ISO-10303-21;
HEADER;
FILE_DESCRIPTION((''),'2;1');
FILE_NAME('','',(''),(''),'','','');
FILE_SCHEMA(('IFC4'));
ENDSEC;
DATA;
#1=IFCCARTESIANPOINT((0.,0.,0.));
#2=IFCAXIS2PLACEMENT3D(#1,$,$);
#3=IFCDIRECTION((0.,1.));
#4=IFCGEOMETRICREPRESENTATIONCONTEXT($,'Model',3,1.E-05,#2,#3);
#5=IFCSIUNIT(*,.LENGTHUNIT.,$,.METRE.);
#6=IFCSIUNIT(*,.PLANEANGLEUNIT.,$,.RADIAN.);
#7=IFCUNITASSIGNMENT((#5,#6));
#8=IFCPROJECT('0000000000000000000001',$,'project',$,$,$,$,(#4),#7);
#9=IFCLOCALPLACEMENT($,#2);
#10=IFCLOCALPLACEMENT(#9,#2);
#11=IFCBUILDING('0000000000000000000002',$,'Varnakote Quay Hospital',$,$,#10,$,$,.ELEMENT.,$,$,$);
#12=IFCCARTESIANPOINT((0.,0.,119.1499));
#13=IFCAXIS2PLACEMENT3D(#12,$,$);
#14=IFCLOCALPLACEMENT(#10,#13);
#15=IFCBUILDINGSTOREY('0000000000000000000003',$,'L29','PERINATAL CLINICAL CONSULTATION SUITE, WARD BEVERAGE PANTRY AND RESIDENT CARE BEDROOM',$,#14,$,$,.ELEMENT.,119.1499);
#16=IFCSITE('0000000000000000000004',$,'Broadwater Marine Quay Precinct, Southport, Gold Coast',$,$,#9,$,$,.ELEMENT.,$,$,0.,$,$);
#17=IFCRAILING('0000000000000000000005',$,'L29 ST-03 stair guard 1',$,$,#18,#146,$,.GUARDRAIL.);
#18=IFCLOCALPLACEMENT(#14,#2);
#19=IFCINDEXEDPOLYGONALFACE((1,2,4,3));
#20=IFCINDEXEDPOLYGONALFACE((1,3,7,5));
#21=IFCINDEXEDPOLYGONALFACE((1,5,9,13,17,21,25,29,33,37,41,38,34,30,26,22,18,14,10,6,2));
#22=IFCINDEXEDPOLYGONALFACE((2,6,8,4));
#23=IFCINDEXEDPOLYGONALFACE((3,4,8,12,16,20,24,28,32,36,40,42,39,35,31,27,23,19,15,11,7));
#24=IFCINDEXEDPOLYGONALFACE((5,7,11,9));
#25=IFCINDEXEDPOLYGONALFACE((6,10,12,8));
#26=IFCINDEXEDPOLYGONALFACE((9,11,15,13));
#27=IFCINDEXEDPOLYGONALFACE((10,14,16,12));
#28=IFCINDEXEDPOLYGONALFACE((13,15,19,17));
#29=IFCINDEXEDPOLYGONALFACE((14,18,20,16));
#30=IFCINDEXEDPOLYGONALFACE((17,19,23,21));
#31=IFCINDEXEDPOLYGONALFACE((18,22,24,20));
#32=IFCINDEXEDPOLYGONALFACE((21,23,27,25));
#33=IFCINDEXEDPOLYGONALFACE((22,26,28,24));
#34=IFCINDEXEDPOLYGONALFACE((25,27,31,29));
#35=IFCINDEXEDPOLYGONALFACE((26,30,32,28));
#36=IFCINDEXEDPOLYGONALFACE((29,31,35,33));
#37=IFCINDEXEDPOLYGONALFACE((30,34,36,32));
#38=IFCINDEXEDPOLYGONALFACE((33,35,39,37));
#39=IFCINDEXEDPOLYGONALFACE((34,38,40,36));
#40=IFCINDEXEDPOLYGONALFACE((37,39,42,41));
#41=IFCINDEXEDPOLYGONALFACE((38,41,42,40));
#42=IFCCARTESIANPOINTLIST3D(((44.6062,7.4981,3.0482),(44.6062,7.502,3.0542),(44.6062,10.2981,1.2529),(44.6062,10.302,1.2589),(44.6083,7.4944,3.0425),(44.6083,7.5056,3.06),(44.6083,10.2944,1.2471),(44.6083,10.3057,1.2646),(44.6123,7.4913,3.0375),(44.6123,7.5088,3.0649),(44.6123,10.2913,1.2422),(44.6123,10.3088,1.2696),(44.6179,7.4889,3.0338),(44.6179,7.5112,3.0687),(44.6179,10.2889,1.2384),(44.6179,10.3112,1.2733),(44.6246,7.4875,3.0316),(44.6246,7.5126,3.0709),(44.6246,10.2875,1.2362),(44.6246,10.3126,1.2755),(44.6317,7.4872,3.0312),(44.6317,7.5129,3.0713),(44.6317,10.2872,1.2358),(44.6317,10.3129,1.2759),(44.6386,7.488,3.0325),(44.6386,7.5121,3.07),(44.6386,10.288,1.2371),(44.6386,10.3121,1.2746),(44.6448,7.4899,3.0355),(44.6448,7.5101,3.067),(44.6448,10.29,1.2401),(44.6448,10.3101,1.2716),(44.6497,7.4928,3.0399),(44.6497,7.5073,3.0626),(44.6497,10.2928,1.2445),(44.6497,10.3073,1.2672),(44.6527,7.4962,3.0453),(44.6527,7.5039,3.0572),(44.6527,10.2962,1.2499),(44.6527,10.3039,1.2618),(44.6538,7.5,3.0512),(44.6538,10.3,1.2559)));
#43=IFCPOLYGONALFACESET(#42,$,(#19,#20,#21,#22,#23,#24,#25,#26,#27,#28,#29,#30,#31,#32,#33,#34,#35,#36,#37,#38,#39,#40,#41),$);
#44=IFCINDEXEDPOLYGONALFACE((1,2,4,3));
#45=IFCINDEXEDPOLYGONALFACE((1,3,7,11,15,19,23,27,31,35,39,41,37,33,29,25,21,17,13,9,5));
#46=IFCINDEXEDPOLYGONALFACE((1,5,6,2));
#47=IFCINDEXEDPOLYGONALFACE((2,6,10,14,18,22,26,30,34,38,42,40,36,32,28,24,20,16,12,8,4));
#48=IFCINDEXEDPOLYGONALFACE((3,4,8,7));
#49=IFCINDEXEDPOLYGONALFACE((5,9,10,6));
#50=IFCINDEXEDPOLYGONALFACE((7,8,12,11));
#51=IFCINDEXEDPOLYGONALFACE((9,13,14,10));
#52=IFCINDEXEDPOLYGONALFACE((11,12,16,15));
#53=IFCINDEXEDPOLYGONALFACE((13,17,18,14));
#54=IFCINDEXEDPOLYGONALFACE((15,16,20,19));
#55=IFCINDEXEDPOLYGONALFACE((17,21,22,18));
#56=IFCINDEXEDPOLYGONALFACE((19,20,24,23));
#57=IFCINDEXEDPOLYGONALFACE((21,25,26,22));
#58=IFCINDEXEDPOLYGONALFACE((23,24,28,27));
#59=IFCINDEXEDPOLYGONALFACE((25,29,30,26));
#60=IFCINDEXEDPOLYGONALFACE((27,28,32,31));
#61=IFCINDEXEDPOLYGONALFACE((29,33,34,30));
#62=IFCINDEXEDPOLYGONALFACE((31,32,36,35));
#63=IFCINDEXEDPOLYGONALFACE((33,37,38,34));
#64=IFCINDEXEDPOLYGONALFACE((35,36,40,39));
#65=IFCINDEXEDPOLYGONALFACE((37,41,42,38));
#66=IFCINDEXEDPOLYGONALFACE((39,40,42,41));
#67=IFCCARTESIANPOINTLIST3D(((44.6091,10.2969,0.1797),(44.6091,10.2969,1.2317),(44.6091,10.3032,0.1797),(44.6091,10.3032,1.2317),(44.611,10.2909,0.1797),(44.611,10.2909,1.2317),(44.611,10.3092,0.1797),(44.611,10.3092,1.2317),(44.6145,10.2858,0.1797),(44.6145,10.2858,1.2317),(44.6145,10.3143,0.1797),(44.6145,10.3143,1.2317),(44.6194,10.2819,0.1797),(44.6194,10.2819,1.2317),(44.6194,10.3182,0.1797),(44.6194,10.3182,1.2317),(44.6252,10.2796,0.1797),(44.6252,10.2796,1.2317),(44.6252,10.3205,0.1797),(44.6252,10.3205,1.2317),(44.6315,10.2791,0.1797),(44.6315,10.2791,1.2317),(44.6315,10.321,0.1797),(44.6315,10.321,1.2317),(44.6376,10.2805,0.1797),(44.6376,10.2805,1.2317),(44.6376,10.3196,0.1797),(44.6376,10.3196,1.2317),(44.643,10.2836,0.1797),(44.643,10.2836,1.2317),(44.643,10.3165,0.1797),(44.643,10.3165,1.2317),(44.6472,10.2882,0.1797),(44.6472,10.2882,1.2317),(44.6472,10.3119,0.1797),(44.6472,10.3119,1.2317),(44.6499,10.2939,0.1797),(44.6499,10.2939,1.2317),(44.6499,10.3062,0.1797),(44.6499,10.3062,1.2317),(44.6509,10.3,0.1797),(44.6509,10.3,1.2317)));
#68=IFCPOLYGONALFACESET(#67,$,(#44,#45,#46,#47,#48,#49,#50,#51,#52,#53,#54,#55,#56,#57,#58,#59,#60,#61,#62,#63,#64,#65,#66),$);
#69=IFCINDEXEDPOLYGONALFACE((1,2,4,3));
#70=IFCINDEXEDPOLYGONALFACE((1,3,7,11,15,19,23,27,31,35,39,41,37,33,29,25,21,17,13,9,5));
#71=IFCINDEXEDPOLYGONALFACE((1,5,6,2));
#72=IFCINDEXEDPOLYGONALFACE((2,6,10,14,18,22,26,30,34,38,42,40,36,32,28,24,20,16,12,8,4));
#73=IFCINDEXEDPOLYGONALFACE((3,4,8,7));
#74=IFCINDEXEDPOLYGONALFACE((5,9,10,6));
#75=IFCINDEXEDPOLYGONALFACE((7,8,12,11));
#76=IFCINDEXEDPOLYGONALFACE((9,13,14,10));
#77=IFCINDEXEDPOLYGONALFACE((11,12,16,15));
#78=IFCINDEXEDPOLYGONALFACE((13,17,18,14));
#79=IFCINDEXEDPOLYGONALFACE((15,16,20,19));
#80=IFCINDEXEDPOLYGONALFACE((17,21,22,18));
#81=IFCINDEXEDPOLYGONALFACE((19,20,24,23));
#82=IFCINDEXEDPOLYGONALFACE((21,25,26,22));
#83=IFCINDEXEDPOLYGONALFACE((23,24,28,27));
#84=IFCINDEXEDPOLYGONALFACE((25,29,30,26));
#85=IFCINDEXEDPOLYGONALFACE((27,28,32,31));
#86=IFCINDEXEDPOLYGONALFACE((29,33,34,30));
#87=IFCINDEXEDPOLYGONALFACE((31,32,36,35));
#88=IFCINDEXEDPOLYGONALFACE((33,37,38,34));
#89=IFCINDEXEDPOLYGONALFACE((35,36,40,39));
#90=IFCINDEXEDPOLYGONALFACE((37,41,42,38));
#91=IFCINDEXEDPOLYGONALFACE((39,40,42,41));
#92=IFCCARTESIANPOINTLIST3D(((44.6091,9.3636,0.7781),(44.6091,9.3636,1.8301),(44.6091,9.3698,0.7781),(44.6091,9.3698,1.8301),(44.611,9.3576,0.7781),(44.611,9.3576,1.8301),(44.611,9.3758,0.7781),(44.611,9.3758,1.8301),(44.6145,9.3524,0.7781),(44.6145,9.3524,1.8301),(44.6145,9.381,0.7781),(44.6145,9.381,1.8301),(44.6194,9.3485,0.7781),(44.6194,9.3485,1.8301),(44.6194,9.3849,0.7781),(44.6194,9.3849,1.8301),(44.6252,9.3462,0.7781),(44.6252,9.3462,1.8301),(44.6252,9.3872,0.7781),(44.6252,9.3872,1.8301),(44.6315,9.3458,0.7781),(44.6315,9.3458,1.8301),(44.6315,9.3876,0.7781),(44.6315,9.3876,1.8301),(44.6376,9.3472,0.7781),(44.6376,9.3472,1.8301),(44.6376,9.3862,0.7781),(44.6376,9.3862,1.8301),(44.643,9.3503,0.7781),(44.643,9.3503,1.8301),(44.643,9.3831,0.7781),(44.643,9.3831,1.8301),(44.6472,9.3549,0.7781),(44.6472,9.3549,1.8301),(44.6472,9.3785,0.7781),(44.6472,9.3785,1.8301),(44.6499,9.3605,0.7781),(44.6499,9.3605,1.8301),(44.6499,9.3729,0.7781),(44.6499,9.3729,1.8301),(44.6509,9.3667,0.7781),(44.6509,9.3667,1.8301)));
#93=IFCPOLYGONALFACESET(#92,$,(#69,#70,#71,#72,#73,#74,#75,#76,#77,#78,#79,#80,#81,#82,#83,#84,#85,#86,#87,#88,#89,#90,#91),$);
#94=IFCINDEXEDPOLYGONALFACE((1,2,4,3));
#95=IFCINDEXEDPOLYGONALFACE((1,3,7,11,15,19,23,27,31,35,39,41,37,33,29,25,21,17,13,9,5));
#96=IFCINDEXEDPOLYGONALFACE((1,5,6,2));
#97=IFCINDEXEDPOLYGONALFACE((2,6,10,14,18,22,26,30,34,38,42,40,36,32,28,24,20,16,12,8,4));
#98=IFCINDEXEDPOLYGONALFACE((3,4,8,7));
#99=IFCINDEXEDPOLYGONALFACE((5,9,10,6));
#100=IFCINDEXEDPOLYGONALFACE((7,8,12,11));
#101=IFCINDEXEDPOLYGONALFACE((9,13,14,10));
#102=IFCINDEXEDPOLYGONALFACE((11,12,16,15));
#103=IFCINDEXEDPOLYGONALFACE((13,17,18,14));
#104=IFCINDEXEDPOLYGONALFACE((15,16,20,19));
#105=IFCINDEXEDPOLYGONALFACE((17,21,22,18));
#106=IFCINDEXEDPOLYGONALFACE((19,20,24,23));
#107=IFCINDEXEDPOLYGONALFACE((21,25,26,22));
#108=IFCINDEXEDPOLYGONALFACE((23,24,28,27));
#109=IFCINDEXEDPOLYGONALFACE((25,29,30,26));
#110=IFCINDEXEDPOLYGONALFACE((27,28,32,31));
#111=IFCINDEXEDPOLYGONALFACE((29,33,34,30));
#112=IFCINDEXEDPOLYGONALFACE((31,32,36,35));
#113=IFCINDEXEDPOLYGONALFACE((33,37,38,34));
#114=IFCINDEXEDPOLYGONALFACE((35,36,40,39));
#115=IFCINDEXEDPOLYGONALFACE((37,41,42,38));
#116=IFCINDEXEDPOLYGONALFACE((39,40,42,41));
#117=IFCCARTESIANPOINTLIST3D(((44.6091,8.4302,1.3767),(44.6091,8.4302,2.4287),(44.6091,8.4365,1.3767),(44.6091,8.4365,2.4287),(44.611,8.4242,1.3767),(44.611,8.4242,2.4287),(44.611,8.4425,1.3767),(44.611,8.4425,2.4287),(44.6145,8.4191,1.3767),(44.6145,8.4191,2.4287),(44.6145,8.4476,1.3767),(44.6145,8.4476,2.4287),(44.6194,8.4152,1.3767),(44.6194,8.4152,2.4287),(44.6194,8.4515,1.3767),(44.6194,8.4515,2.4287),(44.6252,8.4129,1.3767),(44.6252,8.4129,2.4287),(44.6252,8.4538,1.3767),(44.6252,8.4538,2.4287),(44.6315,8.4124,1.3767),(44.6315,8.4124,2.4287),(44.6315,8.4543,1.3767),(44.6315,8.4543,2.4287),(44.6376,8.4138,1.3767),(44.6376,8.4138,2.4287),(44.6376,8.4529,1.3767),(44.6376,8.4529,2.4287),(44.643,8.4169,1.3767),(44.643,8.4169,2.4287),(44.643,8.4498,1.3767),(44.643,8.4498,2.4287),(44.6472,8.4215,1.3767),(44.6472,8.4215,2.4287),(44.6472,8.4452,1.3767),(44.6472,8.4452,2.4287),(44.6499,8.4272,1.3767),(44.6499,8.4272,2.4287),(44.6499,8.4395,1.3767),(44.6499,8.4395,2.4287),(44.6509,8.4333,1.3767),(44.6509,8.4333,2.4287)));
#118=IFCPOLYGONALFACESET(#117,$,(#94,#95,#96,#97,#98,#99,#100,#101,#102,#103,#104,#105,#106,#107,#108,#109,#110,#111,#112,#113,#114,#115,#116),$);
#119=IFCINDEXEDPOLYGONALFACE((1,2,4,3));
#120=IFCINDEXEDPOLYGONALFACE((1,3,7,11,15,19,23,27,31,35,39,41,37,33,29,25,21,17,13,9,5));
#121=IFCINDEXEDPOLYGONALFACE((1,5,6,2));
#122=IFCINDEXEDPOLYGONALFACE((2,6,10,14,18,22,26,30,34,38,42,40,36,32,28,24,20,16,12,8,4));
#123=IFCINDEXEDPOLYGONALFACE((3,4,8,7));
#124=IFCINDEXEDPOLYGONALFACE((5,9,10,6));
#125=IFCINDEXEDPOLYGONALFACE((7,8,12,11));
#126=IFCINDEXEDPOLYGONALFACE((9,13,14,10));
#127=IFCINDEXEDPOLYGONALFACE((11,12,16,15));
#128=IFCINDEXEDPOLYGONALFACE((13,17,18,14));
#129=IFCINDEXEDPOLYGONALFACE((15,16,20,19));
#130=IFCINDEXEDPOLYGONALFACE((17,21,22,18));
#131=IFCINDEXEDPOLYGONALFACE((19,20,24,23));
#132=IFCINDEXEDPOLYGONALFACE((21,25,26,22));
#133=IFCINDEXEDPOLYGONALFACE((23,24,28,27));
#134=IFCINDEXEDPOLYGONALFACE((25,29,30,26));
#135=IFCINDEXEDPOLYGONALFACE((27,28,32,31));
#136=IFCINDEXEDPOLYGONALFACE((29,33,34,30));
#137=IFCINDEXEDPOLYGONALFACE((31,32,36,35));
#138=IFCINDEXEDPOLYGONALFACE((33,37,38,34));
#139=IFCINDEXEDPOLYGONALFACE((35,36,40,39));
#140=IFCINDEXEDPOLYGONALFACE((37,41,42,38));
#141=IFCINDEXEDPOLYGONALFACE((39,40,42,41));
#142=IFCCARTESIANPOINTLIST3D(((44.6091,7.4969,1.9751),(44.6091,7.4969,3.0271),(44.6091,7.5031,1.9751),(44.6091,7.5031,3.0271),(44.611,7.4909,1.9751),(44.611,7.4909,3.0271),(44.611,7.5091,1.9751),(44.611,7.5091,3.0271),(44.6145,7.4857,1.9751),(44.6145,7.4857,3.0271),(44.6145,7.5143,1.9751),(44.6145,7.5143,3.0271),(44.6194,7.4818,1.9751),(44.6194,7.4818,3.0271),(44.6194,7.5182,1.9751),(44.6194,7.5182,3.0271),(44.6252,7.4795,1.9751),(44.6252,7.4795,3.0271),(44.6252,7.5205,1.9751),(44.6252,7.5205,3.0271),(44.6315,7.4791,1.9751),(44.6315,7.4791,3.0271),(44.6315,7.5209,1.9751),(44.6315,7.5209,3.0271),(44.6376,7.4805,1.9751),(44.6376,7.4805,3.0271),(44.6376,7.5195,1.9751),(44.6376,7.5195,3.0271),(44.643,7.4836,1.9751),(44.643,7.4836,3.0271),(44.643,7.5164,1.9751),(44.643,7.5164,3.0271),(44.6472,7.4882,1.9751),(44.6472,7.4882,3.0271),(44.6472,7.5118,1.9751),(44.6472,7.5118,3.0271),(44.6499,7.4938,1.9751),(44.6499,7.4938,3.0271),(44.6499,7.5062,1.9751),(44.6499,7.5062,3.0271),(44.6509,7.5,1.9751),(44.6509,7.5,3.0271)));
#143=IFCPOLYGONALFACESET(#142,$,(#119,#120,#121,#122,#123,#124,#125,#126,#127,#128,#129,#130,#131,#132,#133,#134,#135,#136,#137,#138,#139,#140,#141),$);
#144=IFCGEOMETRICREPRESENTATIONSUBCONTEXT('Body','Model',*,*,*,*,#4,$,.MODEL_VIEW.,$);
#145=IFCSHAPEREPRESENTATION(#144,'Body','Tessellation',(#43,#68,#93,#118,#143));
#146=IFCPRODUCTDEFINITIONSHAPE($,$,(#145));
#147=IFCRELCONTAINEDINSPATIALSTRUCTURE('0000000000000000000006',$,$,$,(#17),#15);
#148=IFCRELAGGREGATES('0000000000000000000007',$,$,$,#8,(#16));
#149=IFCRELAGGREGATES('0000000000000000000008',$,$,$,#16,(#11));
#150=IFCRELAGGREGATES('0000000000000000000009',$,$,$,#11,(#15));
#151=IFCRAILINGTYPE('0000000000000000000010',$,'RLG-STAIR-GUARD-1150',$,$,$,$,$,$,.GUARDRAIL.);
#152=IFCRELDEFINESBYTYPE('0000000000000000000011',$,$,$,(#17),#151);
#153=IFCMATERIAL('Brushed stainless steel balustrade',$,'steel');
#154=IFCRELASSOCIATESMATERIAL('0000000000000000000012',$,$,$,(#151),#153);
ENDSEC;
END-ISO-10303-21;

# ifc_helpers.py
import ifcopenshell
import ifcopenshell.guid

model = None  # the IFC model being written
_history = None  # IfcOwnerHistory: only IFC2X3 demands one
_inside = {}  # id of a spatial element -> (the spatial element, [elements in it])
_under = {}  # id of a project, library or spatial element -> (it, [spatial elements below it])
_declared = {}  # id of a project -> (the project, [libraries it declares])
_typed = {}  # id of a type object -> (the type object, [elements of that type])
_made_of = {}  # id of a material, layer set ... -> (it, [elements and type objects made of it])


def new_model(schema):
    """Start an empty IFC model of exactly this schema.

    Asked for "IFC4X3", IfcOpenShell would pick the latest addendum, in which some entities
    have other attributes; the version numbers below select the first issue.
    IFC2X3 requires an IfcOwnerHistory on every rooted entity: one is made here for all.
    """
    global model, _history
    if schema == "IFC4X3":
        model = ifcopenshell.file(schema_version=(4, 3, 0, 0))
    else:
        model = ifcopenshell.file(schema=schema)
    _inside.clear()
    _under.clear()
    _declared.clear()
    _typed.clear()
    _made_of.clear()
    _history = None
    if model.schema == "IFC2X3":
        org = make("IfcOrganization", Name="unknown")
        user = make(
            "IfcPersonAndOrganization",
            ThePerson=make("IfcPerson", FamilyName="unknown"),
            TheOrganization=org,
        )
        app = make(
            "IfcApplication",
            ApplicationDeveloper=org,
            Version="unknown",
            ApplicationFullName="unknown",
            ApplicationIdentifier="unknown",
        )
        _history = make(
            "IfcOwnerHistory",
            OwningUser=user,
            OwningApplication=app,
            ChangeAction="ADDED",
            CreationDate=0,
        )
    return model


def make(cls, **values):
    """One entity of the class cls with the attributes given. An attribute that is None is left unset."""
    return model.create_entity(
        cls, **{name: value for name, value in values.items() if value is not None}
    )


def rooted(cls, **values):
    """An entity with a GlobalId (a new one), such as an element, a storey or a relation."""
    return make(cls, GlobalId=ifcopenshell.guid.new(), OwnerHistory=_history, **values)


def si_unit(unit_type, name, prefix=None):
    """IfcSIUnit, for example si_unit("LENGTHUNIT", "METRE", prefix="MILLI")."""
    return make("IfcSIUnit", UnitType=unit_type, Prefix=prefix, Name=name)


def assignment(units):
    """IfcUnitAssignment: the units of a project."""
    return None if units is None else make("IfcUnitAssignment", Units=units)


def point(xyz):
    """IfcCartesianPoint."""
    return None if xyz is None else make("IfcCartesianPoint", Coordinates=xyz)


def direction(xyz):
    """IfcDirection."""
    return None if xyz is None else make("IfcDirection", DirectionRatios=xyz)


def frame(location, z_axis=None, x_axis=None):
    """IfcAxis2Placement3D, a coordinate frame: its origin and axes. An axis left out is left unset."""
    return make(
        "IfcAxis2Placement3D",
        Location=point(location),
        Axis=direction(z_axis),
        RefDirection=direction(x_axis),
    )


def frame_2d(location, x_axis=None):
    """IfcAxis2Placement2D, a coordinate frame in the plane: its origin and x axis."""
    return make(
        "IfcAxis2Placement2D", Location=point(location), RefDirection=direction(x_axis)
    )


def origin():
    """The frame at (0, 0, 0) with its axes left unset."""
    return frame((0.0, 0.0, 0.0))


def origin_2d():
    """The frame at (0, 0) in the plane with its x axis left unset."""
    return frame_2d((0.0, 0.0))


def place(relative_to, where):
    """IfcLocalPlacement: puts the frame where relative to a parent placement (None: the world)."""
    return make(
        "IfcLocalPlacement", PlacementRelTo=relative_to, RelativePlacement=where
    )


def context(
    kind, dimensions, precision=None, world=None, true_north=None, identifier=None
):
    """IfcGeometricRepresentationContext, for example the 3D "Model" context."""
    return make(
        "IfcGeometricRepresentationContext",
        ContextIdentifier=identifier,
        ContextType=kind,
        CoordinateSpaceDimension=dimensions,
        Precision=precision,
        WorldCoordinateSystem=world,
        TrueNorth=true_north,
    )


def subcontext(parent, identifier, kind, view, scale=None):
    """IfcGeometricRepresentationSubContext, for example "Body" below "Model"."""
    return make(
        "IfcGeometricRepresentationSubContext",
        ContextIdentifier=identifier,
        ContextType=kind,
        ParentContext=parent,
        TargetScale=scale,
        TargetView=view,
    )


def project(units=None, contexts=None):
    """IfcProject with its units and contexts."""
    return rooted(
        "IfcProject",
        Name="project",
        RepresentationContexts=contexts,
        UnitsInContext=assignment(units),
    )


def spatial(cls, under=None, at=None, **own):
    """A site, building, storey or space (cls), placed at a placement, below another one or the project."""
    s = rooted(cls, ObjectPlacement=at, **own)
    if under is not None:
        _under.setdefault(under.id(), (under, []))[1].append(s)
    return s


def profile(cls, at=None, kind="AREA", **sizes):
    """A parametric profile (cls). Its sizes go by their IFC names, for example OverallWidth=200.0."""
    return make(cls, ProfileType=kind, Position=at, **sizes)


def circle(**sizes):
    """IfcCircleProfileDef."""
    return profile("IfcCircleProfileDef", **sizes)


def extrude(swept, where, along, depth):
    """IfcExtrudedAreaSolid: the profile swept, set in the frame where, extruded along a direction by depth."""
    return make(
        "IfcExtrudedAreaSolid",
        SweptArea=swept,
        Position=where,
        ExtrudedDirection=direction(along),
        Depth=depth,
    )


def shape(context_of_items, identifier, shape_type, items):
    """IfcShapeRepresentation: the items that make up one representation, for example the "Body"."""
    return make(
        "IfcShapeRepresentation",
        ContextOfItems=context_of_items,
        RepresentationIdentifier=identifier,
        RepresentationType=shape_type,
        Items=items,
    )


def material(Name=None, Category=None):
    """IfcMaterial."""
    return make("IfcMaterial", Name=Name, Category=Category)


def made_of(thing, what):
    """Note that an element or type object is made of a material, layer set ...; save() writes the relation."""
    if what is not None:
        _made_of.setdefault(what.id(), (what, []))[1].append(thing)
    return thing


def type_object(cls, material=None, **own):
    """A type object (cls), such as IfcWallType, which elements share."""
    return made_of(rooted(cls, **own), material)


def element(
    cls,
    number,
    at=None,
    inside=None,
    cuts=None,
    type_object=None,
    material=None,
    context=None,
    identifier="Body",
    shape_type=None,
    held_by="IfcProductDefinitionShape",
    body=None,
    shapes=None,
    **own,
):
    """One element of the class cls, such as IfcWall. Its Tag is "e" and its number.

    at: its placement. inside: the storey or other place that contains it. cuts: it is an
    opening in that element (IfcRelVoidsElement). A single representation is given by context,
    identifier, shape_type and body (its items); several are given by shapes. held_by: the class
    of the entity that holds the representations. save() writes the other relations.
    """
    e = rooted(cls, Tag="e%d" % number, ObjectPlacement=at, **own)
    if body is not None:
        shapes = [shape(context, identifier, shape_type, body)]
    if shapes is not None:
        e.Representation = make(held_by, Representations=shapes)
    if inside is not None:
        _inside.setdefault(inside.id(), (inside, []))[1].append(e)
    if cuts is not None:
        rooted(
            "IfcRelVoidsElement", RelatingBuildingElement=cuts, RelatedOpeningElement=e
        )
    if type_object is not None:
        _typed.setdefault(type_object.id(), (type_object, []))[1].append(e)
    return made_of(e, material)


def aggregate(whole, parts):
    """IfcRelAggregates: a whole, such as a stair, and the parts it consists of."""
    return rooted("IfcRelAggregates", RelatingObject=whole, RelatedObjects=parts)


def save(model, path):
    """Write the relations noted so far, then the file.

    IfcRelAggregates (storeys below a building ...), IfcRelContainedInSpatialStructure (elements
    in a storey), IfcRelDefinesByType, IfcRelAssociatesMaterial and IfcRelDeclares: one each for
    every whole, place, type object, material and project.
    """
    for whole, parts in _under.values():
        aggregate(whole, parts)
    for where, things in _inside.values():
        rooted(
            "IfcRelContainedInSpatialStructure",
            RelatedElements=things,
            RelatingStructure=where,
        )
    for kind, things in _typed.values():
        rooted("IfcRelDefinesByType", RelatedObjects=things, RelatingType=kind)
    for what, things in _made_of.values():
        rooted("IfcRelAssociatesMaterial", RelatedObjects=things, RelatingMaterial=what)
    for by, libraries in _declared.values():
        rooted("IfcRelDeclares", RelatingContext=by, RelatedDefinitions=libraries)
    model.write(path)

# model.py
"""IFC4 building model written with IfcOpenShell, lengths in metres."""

from ifc_helpers import new_model, si_unit, direction, frame, origin, origin_2d, place, context, subcontext, project, spatial, circle, extrude, material, type_object, element, save


model = new_model("IFC4")

# Units and contexts
model_context = context("Model", 3, precision=1e-05, world=origin(), true_north=direction((0.0, 1.0)))
body_context = subcontext(model_context, "Body", "Model", "MODEL_VIEW")
ifc_project = project(units=[si_unit("LENGTHUNIT", "METRE"), si_unit("PLANEANGLEUNIT", "RADIAN")], contexts=[model_context])

# Site, building, storey
site_placement = place(None, origin())
site = spatial("IfcSite", under=ifc_project, at=site_placement, Name="Broadwater Marine Quay Precinct, Southport, Gold Coast", CompositionType="ELEMENT", RefElevation=0.0)
building_placement = place(site_placement, origin())
building = spatial("IfcBuilding", under=site, at=building_placement, Name="Varnakote Quay Hospital", CompositionType="ELEMENT")
storey_placement = place(building_placement, frame((0.0, 0.0, 119.1499)))
storey = spatial("IfcBuildingStorey", under=building, at=storey_placement, Name="L29", Description="PERINATAL CLINICAL CONSULTATION SUITE, WARD BEVERAGE PANTRY AND RESIDENT CARE BEDROOM", CompositionType="ELEMENT", Elevation=119.1499)

# Railing
ifc_material_1 = material(Name="Brushed stainless steel balustrade", Category="steel")
railing_type_1 = type_object("IfcRailingType", Name="RLG-STAIR-GUARD-1150", PredefinedType="GUARDRAIL", material=ifc_material_1)
railing_1_placement = place(storey_placement, frame((44.6299, 10.3, 0.1797)))
element("IfcRailing", 1, at=railing_1_placement, inside=storey, type_object=railing_type_1, Name="L29 ST-03 stair guard 1", PredefinedType="GUARDRAIL", context=body_context, shape_type="SweptSolid", body=[
    extrude(circle(Radius=0.0239, at=origin_2d()), frame((0.0, 0.0, 1.0762), z_axis=(0.0, -0.84181, 0.539774), x_axis=(1.0, 0.0, 0.0)), (0.0, 0.0, 1.0), 3.3262),
    extrude(circle(Radius=0.021, at=origin_2d()), origin(), (0.0, 0.0, 1.0), 1.052),
    extrude(circle(Radius=0.021, at=origin_2d()), frame((0.0, -0.9333, 0.5984)), (0.0, 0.0, 1.0), 1.052),
    extrude(circle(Radius=0.021, at=origin_2d()), frame((0.0, -1.8667, 1.197)), (0.0, 0.0, 1.0), 1.052),
    extrude(circle(Radius=0.021, at=origin_2d()), frame((0.0, -2.8, 1.7954)), (0.0, 0.0, 1.0), 1.052),
])

save(model, "model.ifc")
